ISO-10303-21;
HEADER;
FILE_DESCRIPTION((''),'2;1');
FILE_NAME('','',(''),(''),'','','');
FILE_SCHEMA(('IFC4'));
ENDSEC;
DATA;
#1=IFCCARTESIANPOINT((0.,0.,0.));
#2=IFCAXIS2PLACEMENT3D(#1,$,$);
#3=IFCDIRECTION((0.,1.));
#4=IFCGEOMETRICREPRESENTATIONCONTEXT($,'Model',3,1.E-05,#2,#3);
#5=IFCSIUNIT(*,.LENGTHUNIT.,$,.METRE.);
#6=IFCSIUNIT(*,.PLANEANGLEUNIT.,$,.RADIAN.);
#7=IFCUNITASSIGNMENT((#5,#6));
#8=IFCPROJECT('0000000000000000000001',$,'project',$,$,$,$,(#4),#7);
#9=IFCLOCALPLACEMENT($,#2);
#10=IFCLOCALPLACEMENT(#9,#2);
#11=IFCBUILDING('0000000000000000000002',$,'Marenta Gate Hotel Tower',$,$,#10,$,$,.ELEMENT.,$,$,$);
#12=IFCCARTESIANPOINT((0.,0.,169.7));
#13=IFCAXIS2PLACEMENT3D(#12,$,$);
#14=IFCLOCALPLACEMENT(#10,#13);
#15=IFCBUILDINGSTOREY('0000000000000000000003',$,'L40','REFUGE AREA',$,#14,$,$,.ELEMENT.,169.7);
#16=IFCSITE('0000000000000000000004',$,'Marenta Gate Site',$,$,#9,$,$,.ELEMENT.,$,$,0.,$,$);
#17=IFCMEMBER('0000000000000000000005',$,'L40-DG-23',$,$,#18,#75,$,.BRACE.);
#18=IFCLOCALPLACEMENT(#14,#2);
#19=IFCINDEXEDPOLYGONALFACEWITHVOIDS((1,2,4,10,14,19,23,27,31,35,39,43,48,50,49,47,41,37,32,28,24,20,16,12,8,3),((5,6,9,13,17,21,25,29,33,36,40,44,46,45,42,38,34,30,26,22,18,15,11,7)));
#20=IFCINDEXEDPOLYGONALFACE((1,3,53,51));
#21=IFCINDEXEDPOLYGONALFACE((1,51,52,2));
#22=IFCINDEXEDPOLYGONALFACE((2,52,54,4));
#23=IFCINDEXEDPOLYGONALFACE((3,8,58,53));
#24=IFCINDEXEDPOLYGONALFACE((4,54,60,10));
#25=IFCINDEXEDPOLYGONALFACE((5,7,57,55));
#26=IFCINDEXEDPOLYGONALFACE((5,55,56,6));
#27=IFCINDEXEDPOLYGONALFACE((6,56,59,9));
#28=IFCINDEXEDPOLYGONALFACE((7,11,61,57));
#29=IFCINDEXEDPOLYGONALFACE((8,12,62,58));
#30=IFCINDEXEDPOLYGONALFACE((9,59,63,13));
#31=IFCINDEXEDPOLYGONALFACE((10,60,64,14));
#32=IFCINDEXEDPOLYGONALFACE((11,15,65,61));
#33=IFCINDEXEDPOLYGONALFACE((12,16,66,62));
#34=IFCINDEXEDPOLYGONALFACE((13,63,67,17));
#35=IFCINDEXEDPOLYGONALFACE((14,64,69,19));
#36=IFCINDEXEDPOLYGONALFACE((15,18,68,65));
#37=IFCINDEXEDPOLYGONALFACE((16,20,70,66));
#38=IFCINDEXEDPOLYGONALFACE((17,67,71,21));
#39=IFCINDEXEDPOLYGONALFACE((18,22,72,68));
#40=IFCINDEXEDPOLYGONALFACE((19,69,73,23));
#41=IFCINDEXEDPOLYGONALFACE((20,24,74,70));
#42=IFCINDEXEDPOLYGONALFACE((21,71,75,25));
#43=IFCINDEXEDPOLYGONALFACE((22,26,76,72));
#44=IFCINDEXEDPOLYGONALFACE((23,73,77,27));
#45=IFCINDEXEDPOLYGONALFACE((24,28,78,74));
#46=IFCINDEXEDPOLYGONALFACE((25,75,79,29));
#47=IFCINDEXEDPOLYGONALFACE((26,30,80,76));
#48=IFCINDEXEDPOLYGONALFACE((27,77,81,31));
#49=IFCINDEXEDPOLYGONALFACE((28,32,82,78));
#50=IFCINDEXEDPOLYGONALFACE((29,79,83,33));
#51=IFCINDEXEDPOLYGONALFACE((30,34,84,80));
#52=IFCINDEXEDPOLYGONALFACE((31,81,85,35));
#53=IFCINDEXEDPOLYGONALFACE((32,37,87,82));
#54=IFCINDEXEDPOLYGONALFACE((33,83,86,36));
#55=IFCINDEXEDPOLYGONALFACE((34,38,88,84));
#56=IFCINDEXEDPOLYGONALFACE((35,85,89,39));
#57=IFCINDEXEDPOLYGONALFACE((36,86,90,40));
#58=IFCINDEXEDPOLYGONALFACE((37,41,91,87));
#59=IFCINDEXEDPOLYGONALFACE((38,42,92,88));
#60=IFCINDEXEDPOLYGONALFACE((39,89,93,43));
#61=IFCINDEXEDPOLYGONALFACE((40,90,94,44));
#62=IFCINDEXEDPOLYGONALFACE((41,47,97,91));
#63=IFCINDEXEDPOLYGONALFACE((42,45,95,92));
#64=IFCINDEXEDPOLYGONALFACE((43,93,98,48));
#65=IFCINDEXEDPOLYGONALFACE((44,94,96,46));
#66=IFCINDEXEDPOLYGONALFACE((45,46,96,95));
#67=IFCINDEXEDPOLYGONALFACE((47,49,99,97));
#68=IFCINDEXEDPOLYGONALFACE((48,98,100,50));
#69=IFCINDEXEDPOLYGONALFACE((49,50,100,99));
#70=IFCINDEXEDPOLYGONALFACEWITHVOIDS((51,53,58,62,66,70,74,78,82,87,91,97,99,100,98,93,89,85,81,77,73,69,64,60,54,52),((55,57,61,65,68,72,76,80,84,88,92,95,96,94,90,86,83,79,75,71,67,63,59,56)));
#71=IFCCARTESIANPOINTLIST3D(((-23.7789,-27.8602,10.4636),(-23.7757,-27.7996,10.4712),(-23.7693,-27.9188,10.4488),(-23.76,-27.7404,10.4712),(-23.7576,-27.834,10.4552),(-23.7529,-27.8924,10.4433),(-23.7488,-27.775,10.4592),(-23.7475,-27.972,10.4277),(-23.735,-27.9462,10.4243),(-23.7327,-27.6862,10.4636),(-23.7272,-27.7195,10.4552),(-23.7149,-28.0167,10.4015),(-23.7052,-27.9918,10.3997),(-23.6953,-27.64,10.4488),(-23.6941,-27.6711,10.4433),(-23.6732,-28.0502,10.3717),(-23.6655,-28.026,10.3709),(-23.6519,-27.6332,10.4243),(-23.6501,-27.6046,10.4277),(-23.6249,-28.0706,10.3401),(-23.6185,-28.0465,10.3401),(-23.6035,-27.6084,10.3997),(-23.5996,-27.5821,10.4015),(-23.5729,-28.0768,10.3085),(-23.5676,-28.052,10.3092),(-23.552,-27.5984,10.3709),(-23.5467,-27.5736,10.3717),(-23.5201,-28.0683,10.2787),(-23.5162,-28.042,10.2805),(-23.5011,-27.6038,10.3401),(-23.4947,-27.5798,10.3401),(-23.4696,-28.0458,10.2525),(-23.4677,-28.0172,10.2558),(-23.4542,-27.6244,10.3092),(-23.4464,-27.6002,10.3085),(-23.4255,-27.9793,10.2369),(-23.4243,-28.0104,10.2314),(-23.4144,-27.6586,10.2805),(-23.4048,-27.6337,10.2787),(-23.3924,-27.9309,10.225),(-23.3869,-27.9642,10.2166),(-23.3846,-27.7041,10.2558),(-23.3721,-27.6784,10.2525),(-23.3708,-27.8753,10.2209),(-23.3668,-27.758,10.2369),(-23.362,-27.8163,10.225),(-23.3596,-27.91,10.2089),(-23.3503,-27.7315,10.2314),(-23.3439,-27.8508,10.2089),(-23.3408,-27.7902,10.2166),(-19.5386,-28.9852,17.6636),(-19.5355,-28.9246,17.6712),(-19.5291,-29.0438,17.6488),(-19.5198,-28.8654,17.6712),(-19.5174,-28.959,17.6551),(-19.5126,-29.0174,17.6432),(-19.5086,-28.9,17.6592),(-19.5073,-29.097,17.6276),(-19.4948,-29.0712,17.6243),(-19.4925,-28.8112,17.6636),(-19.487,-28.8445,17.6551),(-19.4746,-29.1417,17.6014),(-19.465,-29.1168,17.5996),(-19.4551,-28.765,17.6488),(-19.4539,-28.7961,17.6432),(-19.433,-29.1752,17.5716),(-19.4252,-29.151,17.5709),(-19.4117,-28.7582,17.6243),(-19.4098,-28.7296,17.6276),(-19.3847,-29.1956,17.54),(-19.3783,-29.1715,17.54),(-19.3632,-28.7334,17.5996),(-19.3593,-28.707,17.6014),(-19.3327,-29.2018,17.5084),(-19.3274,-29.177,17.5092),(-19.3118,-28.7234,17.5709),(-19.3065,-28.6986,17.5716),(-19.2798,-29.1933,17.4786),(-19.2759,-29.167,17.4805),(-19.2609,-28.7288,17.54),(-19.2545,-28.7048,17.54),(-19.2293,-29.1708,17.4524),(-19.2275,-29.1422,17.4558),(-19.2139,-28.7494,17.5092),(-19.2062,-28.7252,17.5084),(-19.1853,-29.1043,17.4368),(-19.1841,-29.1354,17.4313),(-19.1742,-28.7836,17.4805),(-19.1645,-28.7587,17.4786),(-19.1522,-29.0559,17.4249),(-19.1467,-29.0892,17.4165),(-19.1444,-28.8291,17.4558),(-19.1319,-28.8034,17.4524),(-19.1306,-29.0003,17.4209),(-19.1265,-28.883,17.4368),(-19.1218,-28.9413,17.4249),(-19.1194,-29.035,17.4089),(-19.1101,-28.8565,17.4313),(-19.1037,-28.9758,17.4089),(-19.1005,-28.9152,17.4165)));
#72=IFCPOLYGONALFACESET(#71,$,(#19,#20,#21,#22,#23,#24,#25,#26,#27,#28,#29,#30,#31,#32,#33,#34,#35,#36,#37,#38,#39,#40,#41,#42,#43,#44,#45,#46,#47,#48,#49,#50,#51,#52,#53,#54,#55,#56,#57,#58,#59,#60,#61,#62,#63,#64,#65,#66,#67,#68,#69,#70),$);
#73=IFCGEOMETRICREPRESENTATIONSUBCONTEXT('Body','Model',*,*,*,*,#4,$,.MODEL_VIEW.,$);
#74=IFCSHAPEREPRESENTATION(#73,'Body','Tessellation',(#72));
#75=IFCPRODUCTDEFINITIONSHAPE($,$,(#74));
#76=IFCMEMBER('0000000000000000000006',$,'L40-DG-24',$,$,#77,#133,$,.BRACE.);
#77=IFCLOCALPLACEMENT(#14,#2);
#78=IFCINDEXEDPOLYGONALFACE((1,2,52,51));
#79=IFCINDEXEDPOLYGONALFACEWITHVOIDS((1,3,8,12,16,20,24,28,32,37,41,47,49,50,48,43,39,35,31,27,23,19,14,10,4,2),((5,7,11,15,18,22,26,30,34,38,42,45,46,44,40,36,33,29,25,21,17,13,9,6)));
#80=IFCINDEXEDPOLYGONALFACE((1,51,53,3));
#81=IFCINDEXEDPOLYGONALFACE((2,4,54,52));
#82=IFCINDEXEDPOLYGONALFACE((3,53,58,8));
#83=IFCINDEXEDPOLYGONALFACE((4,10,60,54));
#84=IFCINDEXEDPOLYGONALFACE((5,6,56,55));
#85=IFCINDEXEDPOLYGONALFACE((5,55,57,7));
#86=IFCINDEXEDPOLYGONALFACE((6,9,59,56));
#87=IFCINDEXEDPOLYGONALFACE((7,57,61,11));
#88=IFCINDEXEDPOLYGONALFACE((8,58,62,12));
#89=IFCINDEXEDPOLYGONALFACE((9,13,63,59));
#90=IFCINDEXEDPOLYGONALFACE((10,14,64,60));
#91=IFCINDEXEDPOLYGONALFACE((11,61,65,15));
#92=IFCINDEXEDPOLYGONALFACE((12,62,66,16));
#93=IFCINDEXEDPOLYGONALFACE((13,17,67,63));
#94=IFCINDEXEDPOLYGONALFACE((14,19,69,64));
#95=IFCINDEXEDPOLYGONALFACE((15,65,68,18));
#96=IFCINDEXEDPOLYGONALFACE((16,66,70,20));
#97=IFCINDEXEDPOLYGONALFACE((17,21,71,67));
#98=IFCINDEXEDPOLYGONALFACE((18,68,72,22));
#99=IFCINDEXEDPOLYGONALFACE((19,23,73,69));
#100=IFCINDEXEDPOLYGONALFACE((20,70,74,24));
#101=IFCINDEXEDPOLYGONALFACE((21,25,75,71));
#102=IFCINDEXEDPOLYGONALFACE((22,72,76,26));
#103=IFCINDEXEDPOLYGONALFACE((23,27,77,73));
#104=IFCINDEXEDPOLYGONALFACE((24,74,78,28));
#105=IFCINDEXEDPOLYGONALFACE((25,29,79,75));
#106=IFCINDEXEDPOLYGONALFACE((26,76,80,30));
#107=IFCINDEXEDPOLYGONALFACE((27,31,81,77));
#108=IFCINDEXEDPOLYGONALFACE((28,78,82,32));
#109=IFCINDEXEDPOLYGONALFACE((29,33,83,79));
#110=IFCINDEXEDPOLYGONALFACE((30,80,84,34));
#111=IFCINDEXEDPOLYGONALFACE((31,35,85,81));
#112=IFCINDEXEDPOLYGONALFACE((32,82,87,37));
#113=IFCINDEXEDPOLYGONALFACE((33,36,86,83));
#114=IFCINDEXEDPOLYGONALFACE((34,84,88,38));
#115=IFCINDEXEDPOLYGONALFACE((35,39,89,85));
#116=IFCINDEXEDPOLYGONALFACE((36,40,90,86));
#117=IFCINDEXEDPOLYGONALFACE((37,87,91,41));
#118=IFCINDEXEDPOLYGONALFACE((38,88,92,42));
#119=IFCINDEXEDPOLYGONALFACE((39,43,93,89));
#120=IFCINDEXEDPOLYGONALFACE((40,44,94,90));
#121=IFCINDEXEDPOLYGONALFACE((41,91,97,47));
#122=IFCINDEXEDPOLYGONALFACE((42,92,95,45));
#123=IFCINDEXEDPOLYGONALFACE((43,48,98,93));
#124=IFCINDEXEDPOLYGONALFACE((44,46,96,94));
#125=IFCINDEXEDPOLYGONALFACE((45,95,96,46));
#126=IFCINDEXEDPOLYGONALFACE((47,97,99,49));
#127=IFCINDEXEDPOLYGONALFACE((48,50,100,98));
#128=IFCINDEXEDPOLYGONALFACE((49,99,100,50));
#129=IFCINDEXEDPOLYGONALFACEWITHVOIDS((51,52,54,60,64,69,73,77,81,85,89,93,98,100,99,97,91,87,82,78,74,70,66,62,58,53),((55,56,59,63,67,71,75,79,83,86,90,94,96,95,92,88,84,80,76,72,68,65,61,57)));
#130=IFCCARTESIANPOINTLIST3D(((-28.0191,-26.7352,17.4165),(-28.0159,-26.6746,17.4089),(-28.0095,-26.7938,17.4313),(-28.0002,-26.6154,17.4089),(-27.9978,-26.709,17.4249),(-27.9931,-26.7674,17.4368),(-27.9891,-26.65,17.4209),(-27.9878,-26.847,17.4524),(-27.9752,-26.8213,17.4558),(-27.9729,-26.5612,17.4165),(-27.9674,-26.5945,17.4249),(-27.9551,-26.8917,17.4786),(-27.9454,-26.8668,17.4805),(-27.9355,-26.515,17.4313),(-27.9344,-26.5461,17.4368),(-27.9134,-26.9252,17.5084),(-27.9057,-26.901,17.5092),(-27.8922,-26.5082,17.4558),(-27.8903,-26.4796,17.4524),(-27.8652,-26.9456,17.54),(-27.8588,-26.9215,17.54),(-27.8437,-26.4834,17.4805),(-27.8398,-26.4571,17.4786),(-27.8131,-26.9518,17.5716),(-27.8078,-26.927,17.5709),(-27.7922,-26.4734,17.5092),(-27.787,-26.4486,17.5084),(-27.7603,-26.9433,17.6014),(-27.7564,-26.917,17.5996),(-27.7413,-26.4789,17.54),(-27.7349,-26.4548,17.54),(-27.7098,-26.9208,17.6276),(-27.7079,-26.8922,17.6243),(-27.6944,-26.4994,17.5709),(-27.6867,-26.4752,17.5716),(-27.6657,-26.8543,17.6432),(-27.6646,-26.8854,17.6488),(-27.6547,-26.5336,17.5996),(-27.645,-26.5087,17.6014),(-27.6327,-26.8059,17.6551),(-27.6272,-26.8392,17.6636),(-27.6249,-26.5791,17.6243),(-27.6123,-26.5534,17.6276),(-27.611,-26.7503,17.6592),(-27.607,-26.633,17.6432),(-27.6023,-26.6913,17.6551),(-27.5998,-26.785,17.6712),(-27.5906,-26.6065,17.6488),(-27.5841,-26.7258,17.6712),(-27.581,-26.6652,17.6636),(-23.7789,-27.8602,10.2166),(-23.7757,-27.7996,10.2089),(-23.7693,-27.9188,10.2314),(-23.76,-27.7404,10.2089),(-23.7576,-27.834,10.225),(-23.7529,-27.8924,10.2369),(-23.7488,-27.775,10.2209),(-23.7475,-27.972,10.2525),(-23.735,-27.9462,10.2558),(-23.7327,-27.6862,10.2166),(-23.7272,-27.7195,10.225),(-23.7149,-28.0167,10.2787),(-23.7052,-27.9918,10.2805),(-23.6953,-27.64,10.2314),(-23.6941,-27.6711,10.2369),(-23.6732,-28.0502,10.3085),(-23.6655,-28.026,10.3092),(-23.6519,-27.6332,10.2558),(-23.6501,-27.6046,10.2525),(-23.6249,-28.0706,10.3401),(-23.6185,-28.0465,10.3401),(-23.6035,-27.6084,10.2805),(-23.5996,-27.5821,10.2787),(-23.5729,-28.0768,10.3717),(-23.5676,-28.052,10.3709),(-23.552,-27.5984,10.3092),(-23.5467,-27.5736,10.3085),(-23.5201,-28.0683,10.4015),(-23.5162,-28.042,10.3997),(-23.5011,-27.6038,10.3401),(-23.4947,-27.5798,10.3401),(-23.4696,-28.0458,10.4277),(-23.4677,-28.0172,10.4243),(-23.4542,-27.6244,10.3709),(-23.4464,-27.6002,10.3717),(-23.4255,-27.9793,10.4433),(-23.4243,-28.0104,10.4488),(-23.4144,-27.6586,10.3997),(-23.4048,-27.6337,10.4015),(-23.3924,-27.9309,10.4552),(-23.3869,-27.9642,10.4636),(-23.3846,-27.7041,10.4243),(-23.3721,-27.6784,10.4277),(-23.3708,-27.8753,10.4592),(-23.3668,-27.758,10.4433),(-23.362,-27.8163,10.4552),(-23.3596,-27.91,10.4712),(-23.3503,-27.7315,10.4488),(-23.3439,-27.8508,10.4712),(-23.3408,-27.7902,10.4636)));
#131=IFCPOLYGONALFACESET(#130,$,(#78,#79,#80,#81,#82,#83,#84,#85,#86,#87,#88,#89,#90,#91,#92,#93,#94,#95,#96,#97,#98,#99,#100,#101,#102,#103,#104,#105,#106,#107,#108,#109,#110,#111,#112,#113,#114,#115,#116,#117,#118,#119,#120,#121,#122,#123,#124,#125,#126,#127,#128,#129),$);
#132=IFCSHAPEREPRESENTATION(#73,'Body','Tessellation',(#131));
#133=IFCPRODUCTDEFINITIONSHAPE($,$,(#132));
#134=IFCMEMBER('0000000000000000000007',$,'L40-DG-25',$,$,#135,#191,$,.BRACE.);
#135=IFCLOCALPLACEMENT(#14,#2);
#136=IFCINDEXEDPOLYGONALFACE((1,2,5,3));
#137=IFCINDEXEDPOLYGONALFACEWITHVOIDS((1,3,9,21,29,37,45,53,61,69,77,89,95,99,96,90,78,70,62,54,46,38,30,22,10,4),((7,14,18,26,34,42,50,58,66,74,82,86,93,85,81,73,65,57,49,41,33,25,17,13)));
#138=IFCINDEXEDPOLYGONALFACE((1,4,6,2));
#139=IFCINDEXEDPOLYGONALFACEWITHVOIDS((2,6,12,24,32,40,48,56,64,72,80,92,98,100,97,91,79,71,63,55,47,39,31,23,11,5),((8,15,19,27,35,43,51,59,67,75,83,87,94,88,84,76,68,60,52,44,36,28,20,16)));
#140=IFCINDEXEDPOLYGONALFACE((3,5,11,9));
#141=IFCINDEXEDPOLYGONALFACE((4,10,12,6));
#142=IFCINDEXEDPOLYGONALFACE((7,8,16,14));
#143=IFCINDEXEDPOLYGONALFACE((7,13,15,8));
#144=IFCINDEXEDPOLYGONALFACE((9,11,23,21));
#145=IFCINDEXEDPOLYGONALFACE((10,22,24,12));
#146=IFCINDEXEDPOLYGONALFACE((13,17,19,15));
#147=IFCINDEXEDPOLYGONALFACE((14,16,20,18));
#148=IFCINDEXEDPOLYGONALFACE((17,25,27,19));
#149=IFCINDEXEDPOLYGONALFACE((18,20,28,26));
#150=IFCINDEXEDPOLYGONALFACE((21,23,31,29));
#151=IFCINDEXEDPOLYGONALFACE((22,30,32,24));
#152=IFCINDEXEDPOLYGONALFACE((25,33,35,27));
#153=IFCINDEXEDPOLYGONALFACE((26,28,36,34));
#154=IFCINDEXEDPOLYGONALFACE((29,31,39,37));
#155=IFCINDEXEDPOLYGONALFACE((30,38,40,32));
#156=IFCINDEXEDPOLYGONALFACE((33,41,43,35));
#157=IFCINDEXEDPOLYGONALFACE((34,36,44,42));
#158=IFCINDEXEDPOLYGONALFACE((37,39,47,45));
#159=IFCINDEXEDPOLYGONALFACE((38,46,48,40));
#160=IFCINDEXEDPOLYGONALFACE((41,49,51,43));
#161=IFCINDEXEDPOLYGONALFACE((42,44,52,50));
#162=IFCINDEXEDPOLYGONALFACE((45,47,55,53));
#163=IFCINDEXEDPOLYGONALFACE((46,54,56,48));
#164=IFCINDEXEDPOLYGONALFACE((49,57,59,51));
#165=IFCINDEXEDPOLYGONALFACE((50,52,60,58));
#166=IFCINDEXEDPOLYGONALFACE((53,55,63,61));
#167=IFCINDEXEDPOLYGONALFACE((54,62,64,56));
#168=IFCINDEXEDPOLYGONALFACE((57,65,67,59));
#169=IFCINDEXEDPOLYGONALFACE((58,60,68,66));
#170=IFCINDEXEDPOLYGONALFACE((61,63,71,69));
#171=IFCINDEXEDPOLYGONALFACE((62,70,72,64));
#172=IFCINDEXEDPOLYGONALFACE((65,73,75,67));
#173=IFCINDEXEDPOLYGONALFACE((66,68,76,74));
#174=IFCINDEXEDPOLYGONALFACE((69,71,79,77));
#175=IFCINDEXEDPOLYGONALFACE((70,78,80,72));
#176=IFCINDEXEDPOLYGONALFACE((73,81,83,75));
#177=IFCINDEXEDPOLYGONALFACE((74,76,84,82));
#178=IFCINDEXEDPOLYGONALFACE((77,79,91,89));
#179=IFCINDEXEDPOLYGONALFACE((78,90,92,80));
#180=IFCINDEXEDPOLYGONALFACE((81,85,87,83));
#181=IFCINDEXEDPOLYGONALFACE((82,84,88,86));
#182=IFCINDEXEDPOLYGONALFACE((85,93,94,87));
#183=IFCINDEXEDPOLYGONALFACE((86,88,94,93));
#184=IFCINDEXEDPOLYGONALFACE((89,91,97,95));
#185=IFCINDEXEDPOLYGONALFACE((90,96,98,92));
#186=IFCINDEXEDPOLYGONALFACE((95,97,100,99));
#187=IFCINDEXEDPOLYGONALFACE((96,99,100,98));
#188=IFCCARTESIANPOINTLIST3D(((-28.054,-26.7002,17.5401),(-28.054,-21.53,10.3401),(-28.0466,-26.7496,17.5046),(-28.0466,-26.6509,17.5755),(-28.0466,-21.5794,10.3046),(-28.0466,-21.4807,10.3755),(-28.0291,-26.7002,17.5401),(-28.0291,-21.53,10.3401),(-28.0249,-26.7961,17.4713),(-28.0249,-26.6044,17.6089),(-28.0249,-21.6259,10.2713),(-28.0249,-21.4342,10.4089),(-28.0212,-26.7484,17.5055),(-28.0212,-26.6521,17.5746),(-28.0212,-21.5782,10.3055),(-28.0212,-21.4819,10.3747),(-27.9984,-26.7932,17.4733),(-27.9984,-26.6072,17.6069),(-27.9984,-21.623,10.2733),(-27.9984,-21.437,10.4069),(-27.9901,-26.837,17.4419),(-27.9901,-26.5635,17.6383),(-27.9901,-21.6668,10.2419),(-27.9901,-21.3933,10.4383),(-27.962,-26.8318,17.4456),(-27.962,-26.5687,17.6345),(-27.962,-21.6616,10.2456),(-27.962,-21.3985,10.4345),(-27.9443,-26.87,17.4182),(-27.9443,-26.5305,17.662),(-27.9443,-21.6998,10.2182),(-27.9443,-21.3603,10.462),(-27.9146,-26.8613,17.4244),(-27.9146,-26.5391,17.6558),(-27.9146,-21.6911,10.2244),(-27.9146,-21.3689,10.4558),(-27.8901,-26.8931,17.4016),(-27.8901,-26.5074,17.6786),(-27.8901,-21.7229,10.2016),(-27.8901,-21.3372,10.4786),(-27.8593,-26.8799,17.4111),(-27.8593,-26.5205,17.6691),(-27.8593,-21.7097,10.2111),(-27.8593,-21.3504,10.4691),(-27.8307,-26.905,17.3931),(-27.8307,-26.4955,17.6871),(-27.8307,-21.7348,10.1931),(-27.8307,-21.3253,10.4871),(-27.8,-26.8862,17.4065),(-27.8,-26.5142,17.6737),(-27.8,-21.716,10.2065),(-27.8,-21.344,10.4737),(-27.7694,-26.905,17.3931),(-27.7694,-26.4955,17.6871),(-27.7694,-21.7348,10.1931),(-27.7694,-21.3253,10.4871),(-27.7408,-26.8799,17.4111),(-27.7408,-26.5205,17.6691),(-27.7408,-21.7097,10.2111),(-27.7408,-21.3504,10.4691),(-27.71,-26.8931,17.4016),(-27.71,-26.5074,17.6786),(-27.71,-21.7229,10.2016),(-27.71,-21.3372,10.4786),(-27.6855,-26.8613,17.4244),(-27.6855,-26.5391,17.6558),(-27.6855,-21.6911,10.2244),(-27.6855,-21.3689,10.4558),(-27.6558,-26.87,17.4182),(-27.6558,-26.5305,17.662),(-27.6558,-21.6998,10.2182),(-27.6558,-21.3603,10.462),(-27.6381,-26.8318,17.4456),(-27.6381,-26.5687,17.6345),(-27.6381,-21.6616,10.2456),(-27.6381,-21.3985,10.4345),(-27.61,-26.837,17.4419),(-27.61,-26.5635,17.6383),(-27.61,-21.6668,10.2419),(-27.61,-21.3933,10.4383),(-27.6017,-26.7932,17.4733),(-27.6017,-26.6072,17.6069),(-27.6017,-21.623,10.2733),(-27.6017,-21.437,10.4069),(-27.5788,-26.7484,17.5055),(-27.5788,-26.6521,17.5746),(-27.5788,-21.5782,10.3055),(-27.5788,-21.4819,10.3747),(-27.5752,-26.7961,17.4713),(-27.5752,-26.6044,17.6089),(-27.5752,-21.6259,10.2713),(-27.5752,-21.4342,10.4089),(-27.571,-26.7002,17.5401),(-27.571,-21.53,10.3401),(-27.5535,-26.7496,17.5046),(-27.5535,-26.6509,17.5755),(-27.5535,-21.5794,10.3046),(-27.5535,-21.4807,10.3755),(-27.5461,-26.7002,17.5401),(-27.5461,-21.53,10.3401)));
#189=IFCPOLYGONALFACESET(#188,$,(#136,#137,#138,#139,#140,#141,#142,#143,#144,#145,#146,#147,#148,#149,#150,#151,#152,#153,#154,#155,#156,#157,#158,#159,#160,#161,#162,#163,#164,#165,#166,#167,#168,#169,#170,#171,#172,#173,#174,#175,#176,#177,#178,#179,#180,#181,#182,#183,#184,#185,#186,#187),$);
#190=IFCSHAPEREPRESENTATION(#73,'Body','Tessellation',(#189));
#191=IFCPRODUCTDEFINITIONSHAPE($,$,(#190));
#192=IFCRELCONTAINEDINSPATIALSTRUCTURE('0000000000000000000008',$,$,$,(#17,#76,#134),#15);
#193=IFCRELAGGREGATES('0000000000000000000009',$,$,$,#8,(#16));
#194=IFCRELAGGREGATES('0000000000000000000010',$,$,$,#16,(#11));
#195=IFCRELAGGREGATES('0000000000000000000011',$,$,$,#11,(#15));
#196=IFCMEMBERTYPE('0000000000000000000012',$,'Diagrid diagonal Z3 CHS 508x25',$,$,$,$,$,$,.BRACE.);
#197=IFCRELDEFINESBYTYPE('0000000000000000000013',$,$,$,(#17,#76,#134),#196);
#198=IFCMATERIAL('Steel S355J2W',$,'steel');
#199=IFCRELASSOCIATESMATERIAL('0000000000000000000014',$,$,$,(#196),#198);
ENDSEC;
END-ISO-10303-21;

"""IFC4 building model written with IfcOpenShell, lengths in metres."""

from ifc_helpers import new_model, si_unit, direction, frame, origin, origin_2d, place, context, subcontext, project, spatial, hollow_circle, extrude, material, material_profile, profile_set, type_object, element, save


model = new_model("IFC4")

# Units and contexts
model_context = context("Model", 3, precision=1e-05, world=origin(), true_north=direction((0.0, 1.0)))
body_context = subcontext(model_context, "Body", "Model", "MODEL_VIEW")
ifc_project = project(units=[si_unit("LENGTHUNIT", "METRE"), si_unit("PLANEANGLEUNIT", "RADIAN")], contexts=[model_context])

# Site, building, storey
site_placement = place(None, origin())
site = spatial("IfcSite", under=ifc_project, at=site_placement, Name="Marenta Gate Site", CompositionType="ELEMENT", RefElevation=0.0)
building_placement = place(site_placement, origin())
building = spatial("IfcBuilding", under=site, at=building_placement, Name="Marenta Gate Hotel Tower", CompositionType="ELEMENT")
storey_placement = place(building_placement, frame((0.0, 0.0, 169.7)))
storey = spatial("IfcBuildingStorey", under=building, at=storey_placement, Name="L40", Description="REFUGE AREA", CompositionType="ELEMENT", Elevation=169.7)

# Members
ifc_material_1 = material(Name="Steel S355J2W", Category="steel")
ifc_material_profile_1 = material_profile(ifc_material_1, hollow_circle(Radius=0.2539, WallThickness=0.0249, at=origin_2d()), Name="CHS 508x25")
ifc_profile_set_1 = profile_set([ifc_material_profile_1], Name="Steel S355J2W")
member_type_1 = type_object("IfcMemberType", Name="Diagrid diagonal Z3 CHS 508x25", PredefinedType="BRACE", material=ifc_profile_set_1)
for number, where, z_axis, x_axis, name in (
    (1, (-23.5598, -27.8252, 10.3401), (0.502924, -0.133434, 0.853969), (0.256443, 0.966559, 0.0), "L40-DG-23"),
    (2, (-23.5598, -27.8252, 10.3401), (-0.502924, 0.133434, 0.853969), (-0.256443, -0.966559, 0.0), "L40-DG-24"),
):
    element("IfcMember", number, at=place(storey_placement, frame(where, z_axis=z_axis, x_axis=x_axis)), inside=storey, type_object=member_type_1, Name=name, PredefinedType="BRACE", context=body_context, shape_type="SweptSolid", body=[
        extrude(hollow_circle(Radius=0.2539, WallThickness=0.0249, at=origin_2d()), origin(), (0.0, 0.0, 1.0), 8.4312),
    ])
member_1_placement = place(storey_placement, frame((-27.8, -21.53, 10.3401), z_axis=(0.0, -0.583279, 0.812272), x_axis=(1.0, 0.0, 0.0)))
element("IfcMember", 3, at=member_1_placement, inside=storey, type_object=member_type_1, Name="L40-DG-25", PredefinedType="BRACE", context=body_context, shape_type="SweptSolid", body=[
    extrude(hollow_circle(Radius=0.2539, WallThickness=0.0249, at=origin_2d()), origin(), (0.0, 0.0, 1.0), 8.864),
])

save(model, "model.ifc")
